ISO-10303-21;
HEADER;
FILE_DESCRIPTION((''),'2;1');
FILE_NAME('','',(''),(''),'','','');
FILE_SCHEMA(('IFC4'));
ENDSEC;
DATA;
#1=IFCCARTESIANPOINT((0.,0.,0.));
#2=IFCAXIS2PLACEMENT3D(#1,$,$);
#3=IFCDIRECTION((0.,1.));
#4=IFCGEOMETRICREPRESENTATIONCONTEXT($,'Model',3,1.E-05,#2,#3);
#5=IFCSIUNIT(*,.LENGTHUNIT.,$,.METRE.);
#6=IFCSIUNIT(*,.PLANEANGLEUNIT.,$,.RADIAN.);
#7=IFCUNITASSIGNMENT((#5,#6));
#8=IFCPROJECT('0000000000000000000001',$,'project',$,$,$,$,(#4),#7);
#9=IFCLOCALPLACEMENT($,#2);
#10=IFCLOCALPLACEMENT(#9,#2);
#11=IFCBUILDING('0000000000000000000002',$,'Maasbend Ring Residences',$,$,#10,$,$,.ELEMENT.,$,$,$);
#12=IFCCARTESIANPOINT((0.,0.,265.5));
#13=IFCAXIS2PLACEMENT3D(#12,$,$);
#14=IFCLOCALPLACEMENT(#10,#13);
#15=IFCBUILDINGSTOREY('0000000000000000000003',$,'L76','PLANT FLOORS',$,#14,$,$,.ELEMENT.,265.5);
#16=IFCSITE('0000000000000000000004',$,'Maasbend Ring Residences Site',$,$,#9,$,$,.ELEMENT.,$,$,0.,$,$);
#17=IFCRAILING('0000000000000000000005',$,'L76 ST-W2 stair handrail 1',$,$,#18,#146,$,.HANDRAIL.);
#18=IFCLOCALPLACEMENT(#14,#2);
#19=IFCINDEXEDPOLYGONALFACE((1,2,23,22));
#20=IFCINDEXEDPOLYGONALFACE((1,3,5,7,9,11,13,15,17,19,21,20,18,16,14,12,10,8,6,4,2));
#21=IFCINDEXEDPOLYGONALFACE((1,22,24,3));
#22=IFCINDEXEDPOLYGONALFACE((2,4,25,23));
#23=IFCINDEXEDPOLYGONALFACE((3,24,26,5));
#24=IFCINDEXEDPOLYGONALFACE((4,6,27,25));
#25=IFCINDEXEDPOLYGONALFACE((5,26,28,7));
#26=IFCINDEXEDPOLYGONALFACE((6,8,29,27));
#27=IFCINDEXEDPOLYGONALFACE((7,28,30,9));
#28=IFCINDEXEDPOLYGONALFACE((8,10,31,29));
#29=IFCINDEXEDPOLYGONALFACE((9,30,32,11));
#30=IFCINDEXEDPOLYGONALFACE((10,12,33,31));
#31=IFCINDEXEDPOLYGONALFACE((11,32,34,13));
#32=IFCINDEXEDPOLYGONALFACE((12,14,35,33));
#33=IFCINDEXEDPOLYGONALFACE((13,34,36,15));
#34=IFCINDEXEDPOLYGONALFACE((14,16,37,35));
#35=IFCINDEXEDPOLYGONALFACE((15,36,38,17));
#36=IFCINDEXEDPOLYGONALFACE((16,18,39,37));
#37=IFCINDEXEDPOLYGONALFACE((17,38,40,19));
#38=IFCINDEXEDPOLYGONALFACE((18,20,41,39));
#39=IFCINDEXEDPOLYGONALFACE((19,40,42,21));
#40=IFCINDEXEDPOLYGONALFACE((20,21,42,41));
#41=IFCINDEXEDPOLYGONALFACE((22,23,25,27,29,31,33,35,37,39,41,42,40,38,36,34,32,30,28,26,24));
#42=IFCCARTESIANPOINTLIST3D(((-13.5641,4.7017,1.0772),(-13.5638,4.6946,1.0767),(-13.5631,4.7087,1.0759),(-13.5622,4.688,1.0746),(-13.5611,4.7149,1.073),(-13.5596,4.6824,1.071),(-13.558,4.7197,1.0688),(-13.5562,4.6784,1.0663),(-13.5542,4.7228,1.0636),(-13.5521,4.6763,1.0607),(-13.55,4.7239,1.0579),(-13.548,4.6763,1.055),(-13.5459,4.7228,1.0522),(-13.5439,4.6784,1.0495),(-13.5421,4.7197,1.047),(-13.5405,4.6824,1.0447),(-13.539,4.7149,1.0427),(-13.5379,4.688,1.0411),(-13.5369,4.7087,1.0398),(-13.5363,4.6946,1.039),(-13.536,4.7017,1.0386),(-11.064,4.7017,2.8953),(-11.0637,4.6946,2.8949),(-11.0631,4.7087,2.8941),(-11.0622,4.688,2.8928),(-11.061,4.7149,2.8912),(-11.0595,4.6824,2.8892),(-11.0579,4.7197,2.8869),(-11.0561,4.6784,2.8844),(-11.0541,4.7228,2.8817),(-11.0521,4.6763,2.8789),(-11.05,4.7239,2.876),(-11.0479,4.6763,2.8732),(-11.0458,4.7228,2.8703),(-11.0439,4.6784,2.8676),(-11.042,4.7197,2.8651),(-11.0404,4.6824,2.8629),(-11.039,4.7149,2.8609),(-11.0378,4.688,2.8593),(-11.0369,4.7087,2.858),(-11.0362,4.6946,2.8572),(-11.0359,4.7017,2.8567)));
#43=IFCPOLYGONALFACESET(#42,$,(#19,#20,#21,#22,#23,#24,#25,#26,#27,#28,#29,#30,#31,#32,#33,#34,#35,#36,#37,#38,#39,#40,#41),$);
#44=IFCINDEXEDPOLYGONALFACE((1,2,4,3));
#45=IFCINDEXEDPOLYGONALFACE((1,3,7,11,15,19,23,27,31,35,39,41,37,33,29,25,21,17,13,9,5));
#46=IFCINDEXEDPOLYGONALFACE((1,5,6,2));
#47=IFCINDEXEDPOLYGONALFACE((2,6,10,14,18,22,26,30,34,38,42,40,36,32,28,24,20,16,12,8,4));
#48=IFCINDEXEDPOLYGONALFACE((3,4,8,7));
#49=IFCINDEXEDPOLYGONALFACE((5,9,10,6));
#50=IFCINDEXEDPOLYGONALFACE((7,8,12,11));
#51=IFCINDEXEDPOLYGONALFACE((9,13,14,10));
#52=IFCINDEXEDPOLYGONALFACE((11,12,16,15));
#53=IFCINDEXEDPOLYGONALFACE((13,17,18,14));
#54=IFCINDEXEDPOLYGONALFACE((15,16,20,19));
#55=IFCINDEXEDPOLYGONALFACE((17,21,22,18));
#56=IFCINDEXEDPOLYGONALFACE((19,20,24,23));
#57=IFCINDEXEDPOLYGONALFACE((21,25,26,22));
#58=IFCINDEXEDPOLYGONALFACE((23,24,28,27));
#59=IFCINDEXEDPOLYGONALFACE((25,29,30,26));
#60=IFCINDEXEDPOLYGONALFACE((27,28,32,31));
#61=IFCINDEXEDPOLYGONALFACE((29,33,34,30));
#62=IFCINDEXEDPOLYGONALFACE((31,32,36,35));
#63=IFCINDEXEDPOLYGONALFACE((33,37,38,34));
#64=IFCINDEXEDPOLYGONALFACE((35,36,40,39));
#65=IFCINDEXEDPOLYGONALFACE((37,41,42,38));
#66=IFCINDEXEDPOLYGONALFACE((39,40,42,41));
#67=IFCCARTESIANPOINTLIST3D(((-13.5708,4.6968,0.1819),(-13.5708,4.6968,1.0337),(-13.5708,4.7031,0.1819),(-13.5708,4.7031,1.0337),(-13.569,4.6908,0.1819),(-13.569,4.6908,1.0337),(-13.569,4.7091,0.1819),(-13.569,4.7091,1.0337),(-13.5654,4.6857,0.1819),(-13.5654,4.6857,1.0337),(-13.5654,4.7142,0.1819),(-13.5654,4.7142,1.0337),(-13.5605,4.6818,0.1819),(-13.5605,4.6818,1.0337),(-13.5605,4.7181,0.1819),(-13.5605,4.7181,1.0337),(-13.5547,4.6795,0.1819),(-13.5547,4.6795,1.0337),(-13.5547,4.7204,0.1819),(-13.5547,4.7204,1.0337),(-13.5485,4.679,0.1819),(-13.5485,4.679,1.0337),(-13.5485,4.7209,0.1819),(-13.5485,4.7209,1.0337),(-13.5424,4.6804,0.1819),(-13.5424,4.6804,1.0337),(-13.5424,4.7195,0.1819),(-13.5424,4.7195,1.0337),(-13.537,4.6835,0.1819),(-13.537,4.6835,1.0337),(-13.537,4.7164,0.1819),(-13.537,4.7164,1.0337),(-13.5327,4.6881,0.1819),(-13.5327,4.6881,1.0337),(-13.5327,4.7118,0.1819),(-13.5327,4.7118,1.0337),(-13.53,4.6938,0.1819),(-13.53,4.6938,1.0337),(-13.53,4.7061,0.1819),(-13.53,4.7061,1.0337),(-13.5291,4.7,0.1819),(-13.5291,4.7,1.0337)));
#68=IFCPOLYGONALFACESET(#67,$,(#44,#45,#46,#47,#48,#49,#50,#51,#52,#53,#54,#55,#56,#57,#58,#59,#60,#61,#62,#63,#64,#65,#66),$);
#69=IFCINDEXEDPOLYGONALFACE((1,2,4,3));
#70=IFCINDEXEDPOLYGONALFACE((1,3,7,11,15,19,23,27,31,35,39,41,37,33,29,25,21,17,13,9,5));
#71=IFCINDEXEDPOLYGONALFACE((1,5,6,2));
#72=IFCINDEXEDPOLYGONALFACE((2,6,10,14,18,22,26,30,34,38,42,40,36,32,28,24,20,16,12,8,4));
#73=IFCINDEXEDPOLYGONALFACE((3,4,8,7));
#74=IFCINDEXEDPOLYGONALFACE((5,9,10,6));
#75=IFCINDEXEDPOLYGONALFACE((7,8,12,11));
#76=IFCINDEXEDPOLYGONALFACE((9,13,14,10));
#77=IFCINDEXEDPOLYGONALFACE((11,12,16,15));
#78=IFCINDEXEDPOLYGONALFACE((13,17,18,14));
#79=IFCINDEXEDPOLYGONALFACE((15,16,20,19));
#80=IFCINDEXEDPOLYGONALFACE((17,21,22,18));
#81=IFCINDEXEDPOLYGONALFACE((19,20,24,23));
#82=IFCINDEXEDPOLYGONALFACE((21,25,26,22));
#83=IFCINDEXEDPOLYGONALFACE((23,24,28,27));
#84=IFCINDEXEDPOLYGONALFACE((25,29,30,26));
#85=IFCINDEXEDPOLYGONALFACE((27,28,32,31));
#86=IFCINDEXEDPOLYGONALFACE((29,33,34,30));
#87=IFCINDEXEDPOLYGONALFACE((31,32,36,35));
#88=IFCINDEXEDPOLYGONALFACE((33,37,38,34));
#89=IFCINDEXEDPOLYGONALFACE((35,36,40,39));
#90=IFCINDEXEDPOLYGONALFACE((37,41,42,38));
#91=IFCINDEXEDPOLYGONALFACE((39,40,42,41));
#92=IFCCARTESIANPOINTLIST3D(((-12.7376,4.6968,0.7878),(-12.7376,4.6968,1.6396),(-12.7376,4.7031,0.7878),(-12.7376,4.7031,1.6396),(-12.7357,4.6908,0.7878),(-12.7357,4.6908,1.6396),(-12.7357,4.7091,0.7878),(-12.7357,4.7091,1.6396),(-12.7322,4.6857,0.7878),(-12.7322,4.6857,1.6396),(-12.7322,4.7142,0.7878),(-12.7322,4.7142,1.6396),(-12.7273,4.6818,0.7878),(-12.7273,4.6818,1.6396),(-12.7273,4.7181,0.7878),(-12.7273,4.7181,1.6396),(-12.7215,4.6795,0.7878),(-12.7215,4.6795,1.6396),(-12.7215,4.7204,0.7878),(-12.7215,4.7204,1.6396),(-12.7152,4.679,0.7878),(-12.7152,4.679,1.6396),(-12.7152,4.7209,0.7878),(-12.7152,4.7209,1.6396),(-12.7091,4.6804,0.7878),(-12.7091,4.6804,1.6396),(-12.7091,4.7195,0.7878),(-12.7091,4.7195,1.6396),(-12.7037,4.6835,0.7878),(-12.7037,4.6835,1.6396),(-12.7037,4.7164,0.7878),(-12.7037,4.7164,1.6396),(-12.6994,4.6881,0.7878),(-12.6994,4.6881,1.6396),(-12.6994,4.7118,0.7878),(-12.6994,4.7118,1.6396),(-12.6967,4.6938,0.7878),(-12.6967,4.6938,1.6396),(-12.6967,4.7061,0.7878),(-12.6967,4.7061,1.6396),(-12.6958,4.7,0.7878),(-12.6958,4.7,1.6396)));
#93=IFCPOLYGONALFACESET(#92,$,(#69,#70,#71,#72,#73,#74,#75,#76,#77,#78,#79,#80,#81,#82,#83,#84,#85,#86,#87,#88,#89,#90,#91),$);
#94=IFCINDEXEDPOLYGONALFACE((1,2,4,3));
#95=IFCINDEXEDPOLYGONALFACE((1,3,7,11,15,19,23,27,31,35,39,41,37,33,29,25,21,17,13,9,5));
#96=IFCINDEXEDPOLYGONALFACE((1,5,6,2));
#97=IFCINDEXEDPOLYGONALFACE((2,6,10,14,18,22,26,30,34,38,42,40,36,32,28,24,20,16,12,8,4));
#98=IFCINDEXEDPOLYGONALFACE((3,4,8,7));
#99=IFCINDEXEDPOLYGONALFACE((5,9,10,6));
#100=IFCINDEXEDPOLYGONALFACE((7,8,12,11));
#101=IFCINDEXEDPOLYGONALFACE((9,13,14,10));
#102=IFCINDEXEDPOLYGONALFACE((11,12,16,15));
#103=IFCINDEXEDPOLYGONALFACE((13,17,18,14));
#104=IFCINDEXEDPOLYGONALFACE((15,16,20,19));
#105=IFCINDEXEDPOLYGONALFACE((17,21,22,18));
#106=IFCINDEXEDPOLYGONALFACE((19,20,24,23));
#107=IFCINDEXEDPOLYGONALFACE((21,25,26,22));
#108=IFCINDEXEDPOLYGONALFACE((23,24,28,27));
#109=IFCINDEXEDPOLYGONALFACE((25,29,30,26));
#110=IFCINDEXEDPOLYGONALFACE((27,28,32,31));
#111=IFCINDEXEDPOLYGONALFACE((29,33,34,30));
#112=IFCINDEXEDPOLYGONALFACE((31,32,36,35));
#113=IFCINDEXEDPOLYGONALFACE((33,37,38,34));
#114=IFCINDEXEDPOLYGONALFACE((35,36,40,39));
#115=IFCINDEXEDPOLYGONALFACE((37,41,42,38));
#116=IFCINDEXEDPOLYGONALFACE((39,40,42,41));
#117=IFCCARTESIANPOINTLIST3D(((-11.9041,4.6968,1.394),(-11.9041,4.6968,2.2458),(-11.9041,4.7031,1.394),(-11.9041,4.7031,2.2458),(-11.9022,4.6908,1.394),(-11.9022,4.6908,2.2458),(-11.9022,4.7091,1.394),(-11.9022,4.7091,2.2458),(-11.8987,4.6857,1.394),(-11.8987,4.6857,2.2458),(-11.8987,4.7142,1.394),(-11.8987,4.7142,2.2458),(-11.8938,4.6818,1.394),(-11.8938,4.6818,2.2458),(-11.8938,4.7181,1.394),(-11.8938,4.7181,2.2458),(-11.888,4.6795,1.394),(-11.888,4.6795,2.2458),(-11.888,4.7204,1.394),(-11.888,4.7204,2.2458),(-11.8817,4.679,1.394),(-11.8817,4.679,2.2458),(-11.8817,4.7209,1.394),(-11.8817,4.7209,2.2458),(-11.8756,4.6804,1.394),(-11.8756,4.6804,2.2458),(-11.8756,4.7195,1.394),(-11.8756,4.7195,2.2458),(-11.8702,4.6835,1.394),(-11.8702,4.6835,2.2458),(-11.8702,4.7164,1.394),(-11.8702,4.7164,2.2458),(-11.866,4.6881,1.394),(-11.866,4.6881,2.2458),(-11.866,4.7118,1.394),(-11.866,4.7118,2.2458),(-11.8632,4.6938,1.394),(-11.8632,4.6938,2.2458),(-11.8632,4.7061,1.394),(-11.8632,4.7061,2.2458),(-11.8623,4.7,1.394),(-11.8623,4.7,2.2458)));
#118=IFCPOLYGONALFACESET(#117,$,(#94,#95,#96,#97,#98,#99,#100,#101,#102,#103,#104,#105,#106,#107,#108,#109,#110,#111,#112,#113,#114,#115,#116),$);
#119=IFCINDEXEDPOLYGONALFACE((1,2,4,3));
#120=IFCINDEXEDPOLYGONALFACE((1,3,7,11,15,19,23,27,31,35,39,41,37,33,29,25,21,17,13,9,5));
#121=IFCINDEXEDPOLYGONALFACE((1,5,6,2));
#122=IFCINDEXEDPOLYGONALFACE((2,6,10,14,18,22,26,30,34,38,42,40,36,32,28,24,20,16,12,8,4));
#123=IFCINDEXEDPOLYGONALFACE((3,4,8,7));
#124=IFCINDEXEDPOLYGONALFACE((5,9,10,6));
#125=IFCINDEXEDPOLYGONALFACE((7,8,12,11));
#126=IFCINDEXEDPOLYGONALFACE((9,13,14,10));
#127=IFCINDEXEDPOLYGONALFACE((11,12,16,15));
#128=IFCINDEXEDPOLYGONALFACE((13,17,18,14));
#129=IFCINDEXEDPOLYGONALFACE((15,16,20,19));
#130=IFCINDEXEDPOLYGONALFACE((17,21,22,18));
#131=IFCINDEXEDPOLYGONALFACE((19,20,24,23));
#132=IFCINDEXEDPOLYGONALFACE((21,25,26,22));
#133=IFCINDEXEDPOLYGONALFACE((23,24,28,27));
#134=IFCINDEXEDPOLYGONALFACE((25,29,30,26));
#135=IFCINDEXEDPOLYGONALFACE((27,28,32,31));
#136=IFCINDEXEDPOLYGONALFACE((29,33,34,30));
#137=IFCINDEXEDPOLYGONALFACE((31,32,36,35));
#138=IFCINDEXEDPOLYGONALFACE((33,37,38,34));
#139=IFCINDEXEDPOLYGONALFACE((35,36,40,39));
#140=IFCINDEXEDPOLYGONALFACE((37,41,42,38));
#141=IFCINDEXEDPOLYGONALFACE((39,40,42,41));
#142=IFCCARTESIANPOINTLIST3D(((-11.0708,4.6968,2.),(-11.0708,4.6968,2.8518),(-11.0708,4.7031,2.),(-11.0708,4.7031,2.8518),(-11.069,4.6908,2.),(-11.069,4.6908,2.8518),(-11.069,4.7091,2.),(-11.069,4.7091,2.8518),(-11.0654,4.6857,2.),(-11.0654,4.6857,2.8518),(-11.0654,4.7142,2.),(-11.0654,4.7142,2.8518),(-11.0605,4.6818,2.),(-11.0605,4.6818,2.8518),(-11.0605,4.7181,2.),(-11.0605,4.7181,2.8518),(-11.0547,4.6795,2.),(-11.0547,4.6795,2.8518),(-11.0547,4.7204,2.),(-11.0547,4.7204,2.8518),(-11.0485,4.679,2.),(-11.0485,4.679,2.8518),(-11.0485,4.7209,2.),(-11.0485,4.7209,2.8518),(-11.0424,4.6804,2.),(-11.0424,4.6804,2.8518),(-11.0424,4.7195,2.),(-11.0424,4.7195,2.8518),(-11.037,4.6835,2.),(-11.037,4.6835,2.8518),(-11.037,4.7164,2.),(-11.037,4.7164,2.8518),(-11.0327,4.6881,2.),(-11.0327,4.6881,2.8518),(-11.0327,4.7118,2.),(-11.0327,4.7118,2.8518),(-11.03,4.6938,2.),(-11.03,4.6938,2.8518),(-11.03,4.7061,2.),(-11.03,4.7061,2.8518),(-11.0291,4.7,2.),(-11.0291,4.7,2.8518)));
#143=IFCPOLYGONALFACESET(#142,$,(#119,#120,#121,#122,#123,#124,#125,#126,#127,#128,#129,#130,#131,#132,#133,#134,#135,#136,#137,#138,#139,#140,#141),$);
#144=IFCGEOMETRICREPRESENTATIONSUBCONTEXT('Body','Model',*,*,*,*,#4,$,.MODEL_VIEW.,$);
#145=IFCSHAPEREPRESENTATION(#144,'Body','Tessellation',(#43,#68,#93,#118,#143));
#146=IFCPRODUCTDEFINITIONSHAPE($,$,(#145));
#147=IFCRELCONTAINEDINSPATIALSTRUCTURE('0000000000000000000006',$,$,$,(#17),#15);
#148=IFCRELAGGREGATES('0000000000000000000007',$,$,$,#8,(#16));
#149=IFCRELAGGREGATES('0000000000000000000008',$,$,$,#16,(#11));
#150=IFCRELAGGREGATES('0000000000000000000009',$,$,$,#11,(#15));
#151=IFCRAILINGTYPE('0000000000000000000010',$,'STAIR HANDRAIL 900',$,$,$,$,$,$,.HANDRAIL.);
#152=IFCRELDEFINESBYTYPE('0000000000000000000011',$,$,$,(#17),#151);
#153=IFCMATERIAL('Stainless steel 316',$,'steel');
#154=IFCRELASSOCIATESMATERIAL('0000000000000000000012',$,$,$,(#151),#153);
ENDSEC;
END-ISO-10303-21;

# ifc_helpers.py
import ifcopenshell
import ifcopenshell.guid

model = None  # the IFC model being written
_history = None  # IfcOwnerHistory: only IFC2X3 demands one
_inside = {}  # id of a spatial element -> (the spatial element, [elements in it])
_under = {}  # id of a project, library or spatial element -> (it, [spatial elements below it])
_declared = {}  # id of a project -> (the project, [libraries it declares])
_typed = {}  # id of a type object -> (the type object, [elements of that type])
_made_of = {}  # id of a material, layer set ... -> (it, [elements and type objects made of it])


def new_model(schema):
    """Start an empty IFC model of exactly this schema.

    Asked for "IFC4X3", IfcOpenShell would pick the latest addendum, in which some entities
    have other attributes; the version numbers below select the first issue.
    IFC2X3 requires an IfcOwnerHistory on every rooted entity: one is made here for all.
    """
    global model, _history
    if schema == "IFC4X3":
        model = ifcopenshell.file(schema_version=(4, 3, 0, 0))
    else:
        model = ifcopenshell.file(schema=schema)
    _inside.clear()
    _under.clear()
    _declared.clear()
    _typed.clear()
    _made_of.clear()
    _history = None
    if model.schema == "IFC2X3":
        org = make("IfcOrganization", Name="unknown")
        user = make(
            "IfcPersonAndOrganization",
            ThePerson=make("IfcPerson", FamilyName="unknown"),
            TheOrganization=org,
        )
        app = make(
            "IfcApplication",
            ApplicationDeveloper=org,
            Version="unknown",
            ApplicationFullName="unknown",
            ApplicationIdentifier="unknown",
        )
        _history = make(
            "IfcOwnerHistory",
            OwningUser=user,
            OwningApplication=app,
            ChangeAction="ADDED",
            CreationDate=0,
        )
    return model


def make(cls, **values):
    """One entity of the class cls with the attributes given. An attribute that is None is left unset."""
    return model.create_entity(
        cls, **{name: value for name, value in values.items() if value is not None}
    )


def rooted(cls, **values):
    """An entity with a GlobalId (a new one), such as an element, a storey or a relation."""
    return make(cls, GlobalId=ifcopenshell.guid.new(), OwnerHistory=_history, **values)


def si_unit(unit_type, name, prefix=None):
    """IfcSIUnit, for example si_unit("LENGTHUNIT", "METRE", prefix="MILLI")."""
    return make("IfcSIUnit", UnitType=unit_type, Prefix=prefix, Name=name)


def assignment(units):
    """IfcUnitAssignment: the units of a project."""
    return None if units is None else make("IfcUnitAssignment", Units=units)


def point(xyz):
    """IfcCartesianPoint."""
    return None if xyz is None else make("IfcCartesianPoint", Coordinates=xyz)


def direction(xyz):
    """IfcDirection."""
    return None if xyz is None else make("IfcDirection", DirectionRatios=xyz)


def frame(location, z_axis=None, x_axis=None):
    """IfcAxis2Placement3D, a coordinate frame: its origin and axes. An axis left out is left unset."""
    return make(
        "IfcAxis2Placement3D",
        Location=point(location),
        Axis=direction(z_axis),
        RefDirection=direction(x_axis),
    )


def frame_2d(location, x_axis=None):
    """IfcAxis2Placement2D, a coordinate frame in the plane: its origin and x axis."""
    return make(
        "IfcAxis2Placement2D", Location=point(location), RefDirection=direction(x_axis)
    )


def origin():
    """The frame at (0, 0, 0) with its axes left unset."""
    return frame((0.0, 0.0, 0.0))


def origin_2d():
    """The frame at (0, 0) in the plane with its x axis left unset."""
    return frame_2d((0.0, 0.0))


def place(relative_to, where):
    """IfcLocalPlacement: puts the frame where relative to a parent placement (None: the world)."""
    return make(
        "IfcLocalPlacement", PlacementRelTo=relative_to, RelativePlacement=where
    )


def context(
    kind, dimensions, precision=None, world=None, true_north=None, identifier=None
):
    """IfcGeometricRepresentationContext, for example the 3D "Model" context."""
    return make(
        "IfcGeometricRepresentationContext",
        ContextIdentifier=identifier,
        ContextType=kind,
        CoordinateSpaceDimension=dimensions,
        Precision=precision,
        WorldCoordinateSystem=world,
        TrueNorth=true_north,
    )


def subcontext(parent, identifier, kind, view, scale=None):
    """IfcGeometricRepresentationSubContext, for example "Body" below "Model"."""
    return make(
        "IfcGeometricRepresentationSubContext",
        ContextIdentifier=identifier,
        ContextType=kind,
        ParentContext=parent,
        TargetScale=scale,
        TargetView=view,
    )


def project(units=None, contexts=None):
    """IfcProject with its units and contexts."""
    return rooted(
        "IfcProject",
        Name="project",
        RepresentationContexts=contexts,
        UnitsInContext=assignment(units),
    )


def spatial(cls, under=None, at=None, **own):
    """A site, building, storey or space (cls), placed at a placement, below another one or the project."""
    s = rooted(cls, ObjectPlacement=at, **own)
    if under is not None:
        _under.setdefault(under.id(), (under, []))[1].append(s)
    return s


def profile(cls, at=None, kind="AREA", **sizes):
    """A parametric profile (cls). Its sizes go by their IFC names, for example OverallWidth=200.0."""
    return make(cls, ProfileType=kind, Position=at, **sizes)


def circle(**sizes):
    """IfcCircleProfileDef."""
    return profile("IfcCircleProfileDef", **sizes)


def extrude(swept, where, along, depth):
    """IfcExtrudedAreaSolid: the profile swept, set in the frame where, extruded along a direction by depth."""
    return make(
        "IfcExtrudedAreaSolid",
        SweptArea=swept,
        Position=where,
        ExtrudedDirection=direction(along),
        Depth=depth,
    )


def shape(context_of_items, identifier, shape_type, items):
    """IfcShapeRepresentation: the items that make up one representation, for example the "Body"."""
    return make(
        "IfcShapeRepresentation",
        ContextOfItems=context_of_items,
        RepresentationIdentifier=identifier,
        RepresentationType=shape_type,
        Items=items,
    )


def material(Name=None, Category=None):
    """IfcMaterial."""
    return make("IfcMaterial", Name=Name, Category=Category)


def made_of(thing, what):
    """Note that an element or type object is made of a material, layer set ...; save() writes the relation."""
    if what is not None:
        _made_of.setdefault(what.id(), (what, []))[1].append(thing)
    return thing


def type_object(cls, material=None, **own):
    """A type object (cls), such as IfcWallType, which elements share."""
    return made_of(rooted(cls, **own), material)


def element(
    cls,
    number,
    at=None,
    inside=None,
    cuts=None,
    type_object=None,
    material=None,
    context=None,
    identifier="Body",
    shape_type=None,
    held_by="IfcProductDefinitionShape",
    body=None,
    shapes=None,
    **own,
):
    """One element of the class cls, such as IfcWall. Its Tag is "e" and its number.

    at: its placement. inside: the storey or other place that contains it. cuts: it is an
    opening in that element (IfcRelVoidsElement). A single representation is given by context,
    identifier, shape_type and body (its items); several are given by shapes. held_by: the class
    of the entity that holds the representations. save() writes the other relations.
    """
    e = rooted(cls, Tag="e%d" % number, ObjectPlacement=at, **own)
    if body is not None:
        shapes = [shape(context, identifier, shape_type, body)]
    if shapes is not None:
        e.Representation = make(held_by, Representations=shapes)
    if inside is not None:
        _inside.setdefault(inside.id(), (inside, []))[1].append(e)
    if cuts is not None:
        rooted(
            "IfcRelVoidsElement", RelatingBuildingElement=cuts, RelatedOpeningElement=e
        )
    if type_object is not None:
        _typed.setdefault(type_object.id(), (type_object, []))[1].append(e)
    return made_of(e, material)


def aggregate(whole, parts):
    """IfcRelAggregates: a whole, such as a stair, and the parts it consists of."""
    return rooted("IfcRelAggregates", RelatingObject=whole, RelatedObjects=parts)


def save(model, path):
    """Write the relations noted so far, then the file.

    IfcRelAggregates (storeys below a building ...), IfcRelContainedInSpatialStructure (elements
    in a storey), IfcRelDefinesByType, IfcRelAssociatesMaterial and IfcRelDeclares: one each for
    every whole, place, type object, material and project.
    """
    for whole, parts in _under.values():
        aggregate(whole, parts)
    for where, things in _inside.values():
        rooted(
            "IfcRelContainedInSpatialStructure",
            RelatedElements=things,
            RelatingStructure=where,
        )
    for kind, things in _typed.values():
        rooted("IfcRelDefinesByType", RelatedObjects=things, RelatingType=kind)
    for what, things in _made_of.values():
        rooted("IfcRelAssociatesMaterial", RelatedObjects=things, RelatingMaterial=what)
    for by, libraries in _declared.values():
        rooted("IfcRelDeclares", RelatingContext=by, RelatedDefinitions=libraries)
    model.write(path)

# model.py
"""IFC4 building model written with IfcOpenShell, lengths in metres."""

from ifc_helpers import new_model, si_unit, direction, frame, origin, origin_2d, place, context, subcontext, project, spatial, circle, extrude, material, type_object, element, save


model = new_model("IFC4")

# Units and contexts
model_context = context("Model", 3, precision=1e-05, world=origin(), true_north=direction((0.0, 1.0)))
body_context = subcontext(model_context, "Body", "Model", "MODEL_VIEW")
ifc_project = project(units=[si_unit("LENGTHUNIT", "METRE"), si_unit("PLANEANGLEUNIT", "RADIAN")], contexts=[model_context])

# Site, building, storey
site_placement = place(None, origin())
site = spatial("IfcSite", under=ifc_project, at=site_placement, Name="Maasbend Ring Residences Site", CompositionType="ELEMENT", RefElevation=0.0)
building_placement = place(site_placement, origin())
building = spatial("IfcBuilding", under=site, at=building_placement, Name="Maasbend Ring Residences", CompositionType="ELEMENT")
storey_placement = place(building_placement, frame((0.0, 0.0, 265.5)))
storey = spatial("IfcBuildingStorey", under=building, at=storey_placement, Name="L76", Description="PLANT FLOORS", CompositionType="ELEMENT", Elevation=265.5)

# Railing
ifc_material_1 = material(Name="Stainless steel 316", Category="steel")
railing_type_1 = type_object("IfcRailingType", Name="STAIR HANDRAIL 900", PredefinedType="HANDRAIL", material=ifc_material_1)
railing_1_placement = place(storey_placement, frame((-13.55, 4.7, 0.1819)))
element("IfcRailing", 1, at=railing_1_placement, inside=storey, type_object=railing_type_1, Name="L76 ST-W2 stair handrail 1", PredefinedType="HANDRAIL", context=body_context, shape_type="SweptSolid", body=[
    extrude(circle(Radius=0.0239, at=origin_2d()), frame((0.0, 0.0, 0.876), z_axis=(0.808746, 0.0, 0.588158), x_axis=(0.0, 1.0, 0.0)), (0.0, 0.0, 1.0), 3.0913),
    extrude(circle(Radius=0.021, at=origin_2d()), origin(), (0.0, 0.0, 1.0), 0.8518),
    extrude(circle(Radius=0.021, at=origin_2d()), frame((0.8333, 0.0, 0.606)), (0.0, 0.0, 1.0), 0.8518),
    extrude(circle(Radius=0.021, at=origin_2d()), frame((1.6667, 0.0, 1.2122)), (0.0, 0.0, 1.0), 0.8518),
    extrude(circle(Radius=0.021, at=origin_2d()), frame((2.5, 0.0, 1.8181)), (0.0, 0.0, 1.0), 0.8518),
])

save(model, "model.ifc")
